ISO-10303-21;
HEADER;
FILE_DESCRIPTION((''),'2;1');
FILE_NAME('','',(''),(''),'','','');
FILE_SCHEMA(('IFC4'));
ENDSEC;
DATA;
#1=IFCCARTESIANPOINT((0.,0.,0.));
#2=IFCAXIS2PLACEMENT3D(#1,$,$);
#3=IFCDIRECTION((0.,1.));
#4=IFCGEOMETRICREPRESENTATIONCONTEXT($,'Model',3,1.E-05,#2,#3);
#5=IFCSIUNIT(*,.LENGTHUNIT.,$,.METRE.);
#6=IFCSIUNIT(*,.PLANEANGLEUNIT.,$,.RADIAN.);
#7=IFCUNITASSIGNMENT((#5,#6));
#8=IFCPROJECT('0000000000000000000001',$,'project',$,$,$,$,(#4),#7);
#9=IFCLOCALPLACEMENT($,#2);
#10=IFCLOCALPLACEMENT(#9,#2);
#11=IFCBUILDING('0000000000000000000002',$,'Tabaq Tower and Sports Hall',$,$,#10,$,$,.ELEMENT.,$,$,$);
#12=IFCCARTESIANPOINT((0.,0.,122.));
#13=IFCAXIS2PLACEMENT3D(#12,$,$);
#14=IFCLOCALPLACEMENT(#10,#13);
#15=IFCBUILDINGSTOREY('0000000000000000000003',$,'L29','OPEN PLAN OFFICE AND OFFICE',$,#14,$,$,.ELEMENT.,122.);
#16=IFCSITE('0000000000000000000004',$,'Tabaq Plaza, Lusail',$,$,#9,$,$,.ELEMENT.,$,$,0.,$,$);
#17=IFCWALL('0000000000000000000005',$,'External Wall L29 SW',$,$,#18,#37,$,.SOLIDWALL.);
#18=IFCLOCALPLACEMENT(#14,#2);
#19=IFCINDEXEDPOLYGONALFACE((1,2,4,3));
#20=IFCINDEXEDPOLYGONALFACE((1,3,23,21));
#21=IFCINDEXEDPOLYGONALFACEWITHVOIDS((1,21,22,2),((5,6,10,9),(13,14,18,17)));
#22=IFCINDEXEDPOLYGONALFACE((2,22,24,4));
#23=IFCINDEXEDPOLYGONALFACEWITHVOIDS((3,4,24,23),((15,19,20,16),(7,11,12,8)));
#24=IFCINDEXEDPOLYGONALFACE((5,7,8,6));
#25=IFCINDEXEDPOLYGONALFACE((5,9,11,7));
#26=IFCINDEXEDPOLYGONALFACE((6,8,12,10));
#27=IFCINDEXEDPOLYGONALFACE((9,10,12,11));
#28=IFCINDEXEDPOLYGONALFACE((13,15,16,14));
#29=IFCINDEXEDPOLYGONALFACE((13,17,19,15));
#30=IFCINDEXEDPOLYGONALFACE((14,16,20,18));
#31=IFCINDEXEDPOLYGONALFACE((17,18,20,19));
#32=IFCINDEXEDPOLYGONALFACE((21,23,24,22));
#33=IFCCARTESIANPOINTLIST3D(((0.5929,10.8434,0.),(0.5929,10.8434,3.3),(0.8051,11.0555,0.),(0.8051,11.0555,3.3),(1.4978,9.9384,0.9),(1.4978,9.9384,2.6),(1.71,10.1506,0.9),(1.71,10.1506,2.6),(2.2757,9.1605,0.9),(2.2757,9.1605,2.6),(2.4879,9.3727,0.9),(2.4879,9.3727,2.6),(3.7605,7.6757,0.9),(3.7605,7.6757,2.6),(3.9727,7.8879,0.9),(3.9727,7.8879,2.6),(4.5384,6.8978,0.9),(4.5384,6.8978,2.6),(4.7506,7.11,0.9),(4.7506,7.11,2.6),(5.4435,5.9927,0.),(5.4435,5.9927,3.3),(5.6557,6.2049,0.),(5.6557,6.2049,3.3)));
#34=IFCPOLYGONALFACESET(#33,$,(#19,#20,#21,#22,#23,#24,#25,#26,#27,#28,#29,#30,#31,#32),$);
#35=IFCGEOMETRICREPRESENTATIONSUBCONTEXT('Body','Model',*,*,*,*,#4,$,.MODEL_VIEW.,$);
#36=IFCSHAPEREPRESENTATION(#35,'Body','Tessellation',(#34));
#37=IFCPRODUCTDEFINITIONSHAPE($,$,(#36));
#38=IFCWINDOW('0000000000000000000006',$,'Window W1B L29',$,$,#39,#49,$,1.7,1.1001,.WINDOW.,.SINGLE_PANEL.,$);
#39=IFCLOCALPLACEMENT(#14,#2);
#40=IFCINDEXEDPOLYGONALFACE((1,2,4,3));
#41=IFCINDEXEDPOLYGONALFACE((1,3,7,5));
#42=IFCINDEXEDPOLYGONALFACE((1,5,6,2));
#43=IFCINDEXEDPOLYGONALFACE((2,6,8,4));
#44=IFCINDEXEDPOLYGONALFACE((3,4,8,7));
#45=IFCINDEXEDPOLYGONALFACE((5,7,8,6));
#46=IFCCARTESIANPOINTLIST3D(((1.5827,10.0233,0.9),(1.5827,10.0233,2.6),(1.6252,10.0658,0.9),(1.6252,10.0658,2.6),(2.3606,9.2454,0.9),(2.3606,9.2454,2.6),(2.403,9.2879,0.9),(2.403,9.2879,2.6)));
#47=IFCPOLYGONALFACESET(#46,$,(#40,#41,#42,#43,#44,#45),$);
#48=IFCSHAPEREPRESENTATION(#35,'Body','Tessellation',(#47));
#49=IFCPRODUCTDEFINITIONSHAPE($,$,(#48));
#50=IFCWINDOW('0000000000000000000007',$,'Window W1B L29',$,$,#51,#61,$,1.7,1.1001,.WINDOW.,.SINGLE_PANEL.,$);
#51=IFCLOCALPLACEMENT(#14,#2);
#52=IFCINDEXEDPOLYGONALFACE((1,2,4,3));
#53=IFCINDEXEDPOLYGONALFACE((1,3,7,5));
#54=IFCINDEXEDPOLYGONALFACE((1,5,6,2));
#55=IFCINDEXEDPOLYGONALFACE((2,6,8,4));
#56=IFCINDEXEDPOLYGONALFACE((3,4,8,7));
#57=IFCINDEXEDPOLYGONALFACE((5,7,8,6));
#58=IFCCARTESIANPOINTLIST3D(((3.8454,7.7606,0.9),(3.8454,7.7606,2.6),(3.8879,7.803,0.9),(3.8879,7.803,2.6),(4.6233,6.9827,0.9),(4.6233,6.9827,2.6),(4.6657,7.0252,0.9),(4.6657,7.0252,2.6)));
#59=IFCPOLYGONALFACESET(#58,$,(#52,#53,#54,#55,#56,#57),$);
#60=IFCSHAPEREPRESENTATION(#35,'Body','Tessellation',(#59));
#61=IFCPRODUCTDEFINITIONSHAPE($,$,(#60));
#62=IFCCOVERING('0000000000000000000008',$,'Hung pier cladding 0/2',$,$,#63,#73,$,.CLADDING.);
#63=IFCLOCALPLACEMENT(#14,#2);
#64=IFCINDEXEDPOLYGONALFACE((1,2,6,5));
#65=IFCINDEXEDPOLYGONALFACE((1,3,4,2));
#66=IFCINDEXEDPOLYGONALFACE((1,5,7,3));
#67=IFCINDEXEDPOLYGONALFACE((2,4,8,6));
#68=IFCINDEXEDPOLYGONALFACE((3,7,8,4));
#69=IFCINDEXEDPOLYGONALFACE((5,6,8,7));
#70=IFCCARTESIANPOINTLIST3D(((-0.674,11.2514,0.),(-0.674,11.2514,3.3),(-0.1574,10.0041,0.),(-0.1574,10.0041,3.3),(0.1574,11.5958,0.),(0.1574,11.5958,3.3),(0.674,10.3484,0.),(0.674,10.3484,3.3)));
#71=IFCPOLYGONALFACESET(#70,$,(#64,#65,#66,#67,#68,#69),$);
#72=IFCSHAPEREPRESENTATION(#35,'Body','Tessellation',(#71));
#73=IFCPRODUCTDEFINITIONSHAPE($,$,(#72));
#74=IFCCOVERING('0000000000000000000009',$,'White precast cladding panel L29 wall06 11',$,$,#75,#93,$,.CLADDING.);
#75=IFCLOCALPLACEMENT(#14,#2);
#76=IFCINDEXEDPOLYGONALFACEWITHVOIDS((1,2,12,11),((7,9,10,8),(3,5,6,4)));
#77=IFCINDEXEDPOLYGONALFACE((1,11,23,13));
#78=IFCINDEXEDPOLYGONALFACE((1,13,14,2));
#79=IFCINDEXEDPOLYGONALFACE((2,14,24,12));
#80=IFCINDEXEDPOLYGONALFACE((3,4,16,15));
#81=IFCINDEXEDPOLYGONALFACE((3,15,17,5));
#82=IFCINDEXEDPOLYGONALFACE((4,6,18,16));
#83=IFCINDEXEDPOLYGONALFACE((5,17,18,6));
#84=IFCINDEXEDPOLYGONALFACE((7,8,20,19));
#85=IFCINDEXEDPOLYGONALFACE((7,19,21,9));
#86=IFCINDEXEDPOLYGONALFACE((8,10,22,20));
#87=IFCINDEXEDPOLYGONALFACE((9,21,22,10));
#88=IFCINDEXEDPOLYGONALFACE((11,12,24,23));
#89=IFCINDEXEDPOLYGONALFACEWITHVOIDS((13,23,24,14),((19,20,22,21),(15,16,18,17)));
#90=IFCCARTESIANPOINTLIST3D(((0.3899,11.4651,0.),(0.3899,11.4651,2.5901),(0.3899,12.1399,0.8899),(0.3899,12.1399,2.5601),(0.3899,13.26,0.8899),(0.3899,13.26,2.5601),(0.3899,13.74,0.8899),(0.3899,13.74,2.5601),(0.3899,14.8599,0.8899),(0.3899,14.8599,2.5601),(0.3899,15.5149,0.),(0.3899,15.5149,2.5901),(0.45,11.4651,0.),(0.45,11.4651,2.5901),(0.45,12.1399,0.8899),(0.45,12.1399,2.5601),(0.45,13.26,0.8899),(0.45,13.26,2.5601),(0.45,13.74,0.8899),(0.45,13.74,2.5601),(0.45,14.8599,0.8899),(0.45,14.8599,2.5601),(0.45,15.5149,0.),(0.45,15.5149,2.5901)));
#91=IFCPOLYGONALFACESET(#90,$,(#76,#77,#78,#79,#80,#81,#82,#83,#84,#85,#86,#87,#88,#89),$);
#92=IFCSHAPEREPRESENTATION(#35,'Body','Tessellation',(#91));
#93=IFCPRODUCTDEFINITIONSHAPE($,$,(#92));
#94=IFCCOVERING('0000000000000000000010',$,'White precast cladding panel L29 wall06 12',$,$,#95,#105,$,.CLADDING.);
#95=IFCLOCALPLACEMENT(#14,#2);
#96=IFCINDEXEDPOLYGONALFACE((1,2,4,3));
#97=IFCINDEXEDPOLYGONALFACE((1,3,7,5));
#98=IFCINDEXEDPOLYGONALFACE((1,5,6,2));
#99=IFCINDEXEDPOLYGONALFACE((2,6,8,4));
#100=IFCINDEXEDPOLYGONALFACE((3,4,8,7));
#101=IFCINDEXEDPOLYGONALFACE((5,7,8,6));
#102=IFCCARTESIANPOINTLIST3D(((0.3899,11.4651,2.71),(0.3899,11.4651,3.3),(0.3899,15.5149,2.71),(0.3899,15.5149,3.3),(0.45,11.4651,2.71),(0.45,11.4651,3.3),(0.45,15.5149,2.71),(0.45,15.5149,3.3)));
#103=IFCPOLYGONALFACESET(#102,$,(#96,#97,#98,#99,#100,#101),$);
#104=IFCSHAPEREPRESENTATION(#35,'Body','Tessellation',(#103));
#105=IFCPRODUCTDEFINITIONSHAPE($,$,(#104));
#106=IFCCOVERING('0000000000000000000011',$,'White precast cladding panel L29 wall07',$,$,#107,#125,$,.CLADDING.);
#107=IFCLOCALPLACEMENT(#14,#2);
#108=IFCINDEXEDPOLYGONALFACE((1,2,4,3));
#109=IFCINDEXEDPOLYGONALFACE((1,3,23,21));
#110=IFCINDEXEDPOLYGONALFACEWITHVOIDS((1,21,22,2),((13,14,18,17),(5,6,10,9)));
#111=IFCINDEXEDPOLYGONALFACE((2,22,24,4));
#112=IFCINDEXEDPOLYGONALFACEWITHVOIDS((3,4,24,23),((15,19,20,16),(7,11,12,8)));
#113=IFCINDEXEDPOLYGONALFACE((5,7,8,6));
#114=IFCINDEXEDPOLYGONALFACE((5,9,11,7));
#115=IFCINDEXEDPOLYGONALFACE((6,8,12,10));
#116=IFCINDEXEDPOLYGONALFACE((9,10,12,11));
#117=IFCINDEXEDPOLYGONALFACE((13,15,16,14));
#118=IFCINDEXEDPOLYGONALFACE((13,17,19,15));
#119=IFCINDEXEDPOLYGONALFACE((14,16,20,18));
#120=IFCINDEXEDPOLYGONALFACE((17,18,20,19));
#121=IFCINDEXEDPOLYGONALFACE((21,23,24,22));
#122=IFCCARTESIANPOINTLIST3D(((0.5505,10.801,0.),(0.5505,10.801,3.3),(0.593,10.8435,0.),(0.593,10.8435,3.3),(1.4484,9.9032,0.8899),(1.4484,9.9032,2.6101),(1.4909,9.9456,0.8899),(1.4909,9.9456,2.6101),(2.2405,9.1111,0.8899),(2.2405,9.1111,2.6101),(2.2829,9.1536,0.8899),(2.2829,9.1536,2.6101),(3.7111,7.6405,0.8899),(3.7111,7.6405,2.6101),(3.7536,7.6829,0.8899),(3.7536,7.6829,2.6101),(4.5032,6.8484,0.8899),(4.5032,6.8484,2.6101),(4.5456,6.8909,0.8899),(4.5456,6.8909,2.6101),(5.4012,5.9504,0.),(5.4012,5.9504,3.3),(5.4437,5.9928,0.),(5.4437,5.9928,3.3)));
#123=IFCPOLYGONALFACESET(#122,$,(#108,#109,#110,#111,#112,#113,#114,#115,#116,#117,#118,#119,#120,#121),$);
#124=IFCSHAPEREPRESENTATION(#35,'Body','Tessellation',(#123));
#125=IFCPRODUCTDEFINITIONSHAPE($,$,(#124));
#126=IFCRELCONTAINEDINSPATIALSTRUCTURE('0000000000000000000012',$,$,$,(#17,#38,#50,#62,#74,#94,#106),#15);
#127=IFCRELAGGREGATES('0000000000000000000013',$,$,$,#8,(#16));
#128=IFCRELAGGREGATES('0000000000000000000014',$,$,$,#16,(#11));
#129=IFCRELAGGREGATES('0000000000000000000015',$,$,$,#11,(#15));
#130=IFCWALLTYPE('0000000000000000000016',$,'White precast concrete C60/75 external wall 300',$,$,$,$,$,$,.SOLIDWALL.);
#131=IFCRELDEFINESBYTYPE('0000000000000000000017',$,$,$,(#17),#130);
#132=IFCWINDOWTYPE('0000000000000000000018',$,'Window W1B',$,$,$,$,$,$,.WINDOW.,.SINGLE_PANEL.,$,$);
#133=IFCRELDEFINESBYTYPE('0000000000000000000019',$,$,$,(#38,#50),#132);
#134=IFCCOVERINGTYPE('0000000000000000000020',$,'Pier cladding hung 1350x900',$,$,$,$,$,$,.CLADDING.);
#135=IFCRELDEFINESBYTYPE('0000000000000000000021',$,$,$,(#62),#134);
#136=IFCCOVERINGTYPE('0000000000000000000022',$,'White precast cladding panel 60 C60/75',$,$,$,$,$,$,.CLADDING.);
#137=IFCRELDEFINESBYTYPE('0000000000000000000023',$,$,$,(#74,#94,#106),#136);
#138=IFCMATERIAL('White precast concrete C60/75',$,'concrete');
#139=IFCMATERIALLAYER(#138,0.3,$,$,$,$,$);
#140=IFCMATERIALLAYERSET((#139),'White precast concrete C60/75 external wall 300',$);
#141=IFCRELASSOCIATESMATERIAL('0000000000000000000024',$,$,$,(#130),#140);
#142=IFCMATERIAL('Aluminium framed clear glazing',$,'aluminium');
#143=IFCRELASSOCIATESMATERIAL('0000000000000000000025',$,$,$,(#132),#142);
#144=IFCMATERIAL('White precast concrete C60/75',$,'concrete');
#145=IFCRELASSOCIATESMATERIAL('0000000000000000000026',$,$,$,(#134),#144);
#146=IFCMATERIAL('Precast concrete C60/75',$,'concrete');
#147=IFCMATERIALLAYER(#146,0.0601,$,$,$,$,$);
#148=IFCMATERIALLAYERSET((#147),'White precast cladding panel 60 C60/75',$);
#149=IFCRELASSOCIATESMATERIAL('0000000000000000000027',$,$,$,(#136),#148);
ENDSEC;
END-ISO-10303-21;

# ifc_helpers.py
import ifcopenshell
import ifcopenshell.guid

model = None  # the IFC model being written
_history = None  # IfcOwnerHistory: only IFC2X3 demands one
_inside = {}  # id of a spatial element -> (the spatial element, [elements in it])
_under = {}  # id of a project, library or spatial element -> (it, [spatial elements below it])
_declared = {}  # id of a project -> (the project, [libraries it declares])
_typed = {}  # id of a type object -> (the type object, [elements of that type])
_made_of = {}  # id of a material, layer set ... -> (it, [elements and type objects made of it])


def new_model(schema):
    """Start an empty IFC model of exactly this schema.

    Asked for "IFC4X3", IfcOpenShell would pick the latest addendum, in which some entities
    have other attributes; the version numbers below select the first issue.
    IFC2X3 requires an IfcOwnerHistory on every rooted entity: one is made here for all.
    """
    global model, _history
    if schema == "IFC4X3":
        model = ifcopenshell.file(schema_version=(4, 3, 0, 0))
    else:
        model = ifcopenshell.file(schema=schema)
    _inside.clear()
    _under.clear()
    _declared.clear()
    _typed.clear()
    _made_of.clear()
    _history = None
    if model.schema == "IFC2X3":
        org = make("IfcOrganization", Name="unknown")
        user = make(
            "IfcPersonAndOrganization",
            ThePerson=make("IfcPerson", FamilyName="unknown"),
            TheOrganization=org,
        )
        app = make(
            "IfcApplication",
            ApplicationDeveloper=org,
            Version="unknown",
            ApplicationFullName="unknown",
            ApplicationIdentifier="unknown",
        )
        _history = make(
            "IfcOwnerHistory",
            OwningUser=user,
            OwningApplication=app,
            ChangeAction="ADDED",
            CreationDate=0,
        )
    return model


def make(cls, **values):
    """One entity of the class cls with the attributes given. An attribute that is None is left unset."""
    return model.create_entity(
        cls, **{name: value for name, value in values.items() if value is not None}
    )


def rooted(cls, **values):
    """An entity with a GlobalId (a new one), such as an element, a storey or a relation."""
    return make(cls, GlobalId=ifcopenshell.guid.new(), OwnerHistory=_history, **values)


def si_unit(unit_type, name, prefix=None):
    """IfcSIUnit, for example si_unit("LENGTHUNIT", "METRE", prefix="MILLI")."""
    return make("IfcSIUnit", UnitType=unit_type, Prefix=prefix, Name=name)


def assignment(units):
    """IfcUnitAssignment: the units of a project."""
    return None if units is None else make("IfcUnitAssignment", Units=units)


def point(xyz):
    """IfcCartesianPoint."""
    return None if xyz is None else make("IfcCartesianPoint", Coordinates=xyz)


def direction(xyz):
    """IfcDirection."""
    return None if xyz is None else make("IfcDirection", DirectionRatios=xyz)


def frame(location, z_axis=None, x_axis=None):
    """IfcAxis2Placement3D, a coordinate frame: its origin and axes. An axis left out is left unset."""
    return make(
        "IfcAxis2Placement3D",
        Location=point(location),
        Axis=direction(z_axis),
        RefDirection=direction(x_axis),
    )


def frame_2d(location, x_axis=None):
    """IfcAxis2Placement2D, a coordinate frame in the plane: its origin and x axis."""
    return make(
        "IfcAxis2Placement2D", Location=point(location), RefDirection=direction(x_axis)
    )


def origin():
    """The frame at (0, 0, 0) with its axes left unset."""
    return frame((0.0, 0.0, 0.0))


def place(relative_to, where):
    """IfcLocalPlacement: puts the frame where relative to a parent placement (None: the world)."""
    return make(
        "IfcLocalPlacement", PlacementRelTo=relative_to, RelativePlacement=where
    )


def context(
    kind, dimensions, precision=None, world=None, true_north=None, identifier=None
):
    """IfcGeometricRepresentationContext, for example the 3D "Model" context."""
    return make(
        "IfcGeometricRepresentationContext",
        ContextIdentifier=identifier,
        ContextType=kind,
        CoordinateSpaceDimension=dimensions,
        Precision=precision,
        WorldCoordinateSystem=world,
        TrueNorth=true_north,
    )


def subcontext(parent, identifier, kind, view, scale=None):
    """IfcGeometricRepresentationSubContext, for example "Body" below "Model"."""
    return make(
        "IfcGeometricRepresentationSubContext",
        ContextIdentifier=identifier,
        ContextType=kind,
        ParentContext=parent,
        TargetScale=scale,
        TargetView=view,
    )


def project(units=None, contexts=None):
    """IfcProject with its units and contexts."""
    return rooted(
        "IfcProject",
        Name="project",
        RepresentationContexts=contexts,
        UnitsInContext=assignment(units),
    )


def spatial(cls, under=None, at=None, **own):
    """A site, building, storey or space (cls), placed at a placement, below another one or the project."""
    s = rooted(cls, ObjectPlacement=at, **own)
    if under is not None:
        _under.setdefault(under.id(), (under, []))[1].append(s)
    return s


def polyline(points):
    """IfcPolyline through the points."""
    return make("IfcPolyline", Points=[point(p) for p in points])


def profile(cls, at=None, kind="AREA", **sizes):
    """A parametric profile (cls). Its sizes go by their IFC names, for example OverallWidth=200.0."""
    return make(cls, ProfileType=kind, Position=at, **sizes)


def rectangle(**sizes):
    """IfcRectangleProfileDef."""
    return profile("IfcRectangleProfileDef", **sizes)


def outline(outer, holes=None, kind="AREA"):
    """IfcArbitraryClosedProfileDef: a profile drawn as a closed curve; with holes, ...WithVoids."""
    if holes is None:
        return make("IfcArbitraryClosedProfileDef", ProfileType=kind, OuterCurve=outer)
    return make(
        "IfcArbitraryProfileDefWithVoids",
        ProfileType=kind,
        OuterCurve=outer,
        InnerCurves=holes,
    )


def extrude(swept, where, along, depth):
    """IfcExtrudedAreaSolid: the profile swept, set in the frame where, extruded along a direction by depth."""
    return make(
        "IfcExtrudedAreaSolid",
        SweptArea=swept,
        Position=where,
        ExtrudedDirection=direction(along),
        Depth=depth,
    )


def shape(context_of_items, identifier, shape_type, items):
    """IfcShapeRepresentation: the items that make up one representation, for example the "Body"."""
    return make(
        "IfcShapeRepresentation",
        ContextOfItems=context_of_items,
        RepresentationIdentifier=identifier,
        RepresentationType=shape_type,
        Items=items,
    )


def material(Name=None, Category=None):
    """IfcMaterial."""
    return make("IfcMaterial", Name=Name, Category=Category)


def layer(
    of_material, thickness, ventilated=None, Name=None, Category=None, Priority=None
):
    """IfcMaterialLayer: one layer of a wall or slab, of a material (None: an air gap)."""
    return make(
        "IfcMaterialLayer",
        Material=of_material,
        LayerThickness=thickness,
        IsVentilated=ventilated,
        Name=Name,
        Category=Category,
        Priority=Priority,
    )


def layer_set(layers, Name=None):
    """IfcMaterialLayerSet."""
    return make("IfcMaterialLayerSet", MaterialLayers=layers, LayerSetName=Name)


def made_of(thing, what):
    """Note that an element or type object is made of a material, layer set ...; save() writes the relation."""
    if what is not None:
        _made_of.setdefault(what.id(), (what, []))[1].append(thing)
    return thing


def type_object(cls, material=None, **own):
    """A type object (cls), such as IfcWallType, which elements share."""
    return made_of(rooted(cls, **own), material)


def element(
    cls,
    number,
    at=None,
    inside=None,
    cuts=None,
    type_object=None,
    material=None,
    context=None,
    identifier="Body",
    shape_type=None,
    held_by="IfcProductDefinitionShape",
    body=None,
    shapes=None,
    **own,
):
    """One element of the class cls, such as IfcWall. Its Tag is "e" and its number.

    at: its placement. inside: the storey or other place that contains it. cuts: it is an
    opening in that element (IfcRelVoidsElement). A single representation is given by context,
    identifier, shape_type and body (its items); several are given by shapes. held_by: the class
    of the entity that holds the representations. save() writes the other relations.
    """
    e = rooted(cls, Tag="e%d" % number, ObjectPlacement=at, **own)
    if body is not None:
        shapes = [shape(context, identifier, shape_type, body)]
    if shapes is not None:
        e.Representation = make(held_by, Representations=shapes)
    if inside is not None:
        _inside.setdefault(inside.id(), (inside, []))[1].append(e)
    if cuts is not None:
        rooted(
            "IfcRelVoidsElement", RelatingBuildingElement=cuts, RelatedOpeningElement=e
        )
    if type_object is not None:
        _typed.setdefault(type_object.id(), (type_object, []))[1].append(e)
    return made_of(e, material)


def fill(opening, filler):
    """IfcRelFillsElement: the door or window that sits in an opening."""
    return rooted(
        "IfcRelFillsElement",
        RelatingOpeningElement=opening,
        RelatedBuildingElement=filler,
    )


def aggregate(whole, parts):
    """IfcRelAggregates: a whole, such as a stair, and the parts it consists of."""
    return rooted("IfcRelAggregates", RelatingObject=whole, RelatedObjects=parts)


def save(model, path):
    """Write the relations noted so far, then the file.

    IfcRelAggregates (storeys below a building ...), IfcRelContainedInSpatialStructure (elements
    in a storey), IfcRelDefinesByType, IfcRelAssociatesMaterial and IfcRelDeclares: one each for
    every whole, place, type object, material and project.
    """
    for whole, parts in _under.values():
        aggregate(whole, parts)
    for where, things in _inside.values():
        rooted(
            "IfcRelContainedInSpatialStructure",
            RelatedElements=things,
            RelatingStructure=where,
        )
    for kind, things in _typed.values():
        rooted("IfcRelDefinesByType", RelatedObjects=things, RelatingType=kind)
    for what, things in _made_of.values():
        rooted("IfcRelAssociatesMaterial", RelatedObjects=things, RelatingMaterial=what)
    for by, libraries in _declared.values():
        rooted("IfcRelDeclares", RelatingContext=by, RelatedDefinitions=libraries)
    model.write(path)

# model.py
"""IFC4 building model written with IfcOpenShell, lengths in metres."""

from ifc_helpers import new_model, si_unit, direction, frame, frame_2d, origin, place, context, subcontext, project, spatial, polyline, rectangle, outline, extrude, material, layer, layer_set, type_object, element, fill, save


model = new_model("IFC4")

# Units and contexts
model_context = context("Model", 3, precision=1e-05, world=origin(), true_north=direction((0.0, 1.0)))
body_context = subcontext(model_context, "Body", "Model", "MODEL_VIEW")
ifc_project = project(units=[si_unit("LENGTHUNIT", "METRE"), si_unit("PLANEANGLEUNIT", "RADIAN")], contexts=[model_context])

# Site, building, storey
site_placement = place(None, origin())
site = spatial("IfcSite", under=ifc_project, at=site_placement, Name="Tabaq Plaza, Lusail", CompositionType="ELEMENT", RefElevation=0.0)
building_placement = place(site_placement, origin())
building = spatial("IfcBuilding", under=site, at=building_placement, Name="Tabaq Tower and Sports Hall", CompositionType="ELEMENT")
storey_placement = place(building_placement, frame((0.0, 0.0, 122.0)))
storey = spatial("IfcBuildingStorey", under=building, at=storey_placement, Name="L29", Description="OPEN PLAN OFFICE AND OFFICE", CompositionType="ELEMENT", Elevation=122.0)

# Wall, openings, windows
ifc_material_1 = material(Name="White precast concrete C60/75", Category="concrete")
ifc_layer_1 = layer(ifc_material_1, 0.3)
ifc_layer_set_1 = layer_set([ifc_layer_1], Name="White precast concrete C60/75 external wall 300")
wall_type_1 = type_object("IfcWallType", Name="White precast concrete C60/75 external wall 300", PredefinedType="SOLIDWALL", material=ifc_layer_set_1)
wall_1_placement = place(storey_placement, frame((0.699, 10.9495, 0.0), z_axis=(0.0, 0.0, 1.0), x_axis=(0.707107, -0.707107, 0.0)))
wall_1 = element("IfcWall", 1, at=wall_1_placement, inside=storey, type_object=wall_type_1, Name="External Wall L29 SW", PredefinedType="SOLIDWALL", context=body_context, shape_type="SweptSolid", body=[
    extrude(rectangle(XDim=6.8599, YDim=0.3, at=frame_2d((3.4299, 0.0))), origin(), (0.0, 0.0, 1.0), 3.3),
])
opening_1_placement = place(wall_1_placement, frame((1.2798, 0.0, 0.8999)))
opening_1 = element("IfcOpeningElement", 2, at=opening_1_placement, cuts=wall_1, PredefinedType="OPENING", context=body_context, shape_type="SweptSolid", body=[
    extrude(rectangle(XDim=1.1001, YDim=1.7, at=frame_2d((0.55, 0.8501))), frame((0.0, 0.1602, 0.0), z_axis=(0.0, -1.0, 0.0), x_axis=(1.0, 0.0, 0.0)), (0.0, 0.0, 1.0), 0.3201),
])
opening_2_placement = place(wall_1_placement, frame((4.4797, 0.0, 0.8999)))
opening_2 = element("IfcOpeningElement", 3, at=opening_2_placement, cuts=wall_1, PredefinedType="OPENING", context=body_context, shape_type="SweptSolid", body=[
    extrude(rectangle(XDim=1.1001, YDim=1.7, at=frame_2d((0.55, 0.8501))), frame((0.0, 0.1602, 0.0), z_axis=(0.0, -1.0, 0.0), x_axis=(1.0, 0.0, 0.0)), (0.0, 0.0, 1.0), 0.3201),
])
ifc_material_2 = material(Name="Aluminium framed clear glazing", Category="aluminium")
window_type = type_object("IfcWindowType", Name="Window W1B", PartitioningType="SINGLE_PANEL", PredefinedType="WINDOW", material=ifc_material_2)
window_1_placement = place(opening_1_placement, origin())
window_1 = element("IfcWindow", 4, at=window_1_placement, inside=storey, type_object=window_type, Name="Window W1B L29", OverallHeight=1.7, OverallWidth=1.1001, PartitioningType="SINGLE_PANEL", PredefinedType="WINDOW", context=body_context, shape_type="SweptSolid", body=[
    extrude(rectangle(XDim=1.1001, YDim=1.7, at=frame_2d((0.55, 0.8501))), frame((0.0, 0.03, 0.0), z_axis=(0.0, -1.0, 0.0), x_axis=(1.0, 0.0, 0.0)), (0.0, 0.0, 1.0), 0.0601),
])
fill(opening_1, window_1)
window_2_placement = place(opening_2_placement, origin())
window_2 = element("IfcWindow", 5, at=window_2_placement, inside=storey, type_object=window_type, Name="Window W1B L29", OverallHeight=1.7, OverallWidth=1.1001, PartitioningType="SINGLE_PANEL", PredefinedType="WINDOW", context=body_context, shape_type="SweptSolid", body=[
    extrude(rectangle(XDim=1.1001, YDim=1.7, at=frame_2d((0.55, 0.8501))), frame((0.0, 0.03, 0.0), z_axis=(0.0, -1.0, 0.0), x_axis=(1.0, 0.0, 0.0)), (0.0, 0.0, 1.0), 0.0601),
])
fill(opening_2, window_2)

# Coverings
ifc_material_3 = material(Name="White precast concrete C60/75", Category="concrete")
covering_type_1 = type_object("IfcCoveringType", Name="Pier cladding hung 1350x900", PredefinedType="CLADDING", material=ifc_material_3)
covering_1_placement = place(storey_placement, frame((-0.2583, 11.4236, 0.0), z_axis=(0.0, 0.0, 1.0), x_axis=(0.38265, -0.923893, 0.0)))
element("IfcCovering", 6, at=covering_1_placement, inside=storey, type_object=covering_type_1, Name="Hung pier cladding 0/2", PredefinedType="CLADDING", context=body_context, shape_type="SweptSolid", body=[
    extrude(rectangle(XDim=1.3501, YDim=0.8999, at=frame_2d((0.675, 0.0))), origin(), (0.0, 0.0, 1.0), 3.3),
])
ifc_material_4 = material(Name="Precast concrete C60/75", Category="concrete")
ifc_layer_2 = layer(ifc_material_4, 0.0601)
ifc_layer_set_2 = layer_set([ifc_layer_2], Name="White precast cladding panel 60 C60/75")
covering_type_2 = type_object("IfcCoveringType", Name="White precast cladding panel 60 C60/75", PredefinedType="CLADDING", material=ifc_layer_set_2)
covering_2_placement = place(storey_placement, frame((0.4199, 15.5149, 0.0), z_axis=(0.0, 0.0, 1.0), x_axis=(0.0, -1.0, 0.0)))
element("IfcCovering", 7, at=covering_2_placement, inside=storey, type_object=covering_type_2, Name="White precast cladding panel L29 wall06 11", PredefinedType="CLADDING", context=body_context, shape_type="SweptSolid", body=[
    extrude(outline(polyline([(0.0, 0.0), (4.0498, 0.0), (4.0498, 2.5901), (0.0, 2.5901), (0.0, 0.0)]), holes=[polyline([(0.655, 0.8899), (0.655, 2.5601), (1.7749, 2.5601), (1.7749, 0.8899), (0.655, 0.8899)]), polyline([(2.2549, 0.8899), (2.2549, 2.5601), (3.375, 2.5601), (3.375, 0.8899), (2.2549, 0.8899)])]), frame((0.0, 0.03, 0.0), z_axis=(0.0, -1.0, 0.0), x_axis=(1.0, 0.0, 0.0)), (0.0, 0.0, 1.0), 0.0601),
])
covering_3_placement = place(storey_placement, frame((0.4199, 15.5149, 2.71), z_axis=(0.0, 0.0, 1.0), x_axis=(0.0, -1.0, 0.0)))
element("IfcCovering", 8, at=covering_3_placement, inside=storey, type_object=covering_type_2, Name="White precast cladding panel L29 wall06 12", PredefinedType="CLADDING", context=body_context, shape_type="SweptSolid", body=[
    extrude(rectangle(XDim=4.0498, YDim=0.0601, at=frame_2d((2.0249, 0.0))), origin(), (0.0, 0.0, 1.0), 0.5901),
])
covering_4_placement = place(storey_placement, frame((0.5718, 10.8223, 0.0), z_axis=(0.0, 0.0, 1.0), x_axis=(0.707107, -0.707107, 0.0)))
element("IfcCovering", 9, at=covering_4_placement, inside=storey, type_object=covering_type_2, Name="White precast cladding panel L29 wall07", PredefinedType="CLADDING", context=body_context, shape_type="SweptSolid", body=[
    extrude(outline(polyline([(0.0, 0.0), (6.8599, 0.0), (6.8599, 3.3), (0.0, 3.3), (0.0, 0.0)]), holes=[polyline([(1.2698, 2.6101), (2.3899, 2.6101), (2.3899, 0.8899), (1.2698, 0.8899), (1.2698, 2.6101)]), polyline([(4.4697, 2.6101), (5.5898, 2.6101), (5.5898, 0.8899), (4.4697, 0.8899), (4.4697, 2.6101)])]), frame((0.0, 0.03, 0.0), z_axis=(0.0, -1.0, 0.0), x_axis=(1.0, 0.0, 0.0)), (0.0, 0.0, 1.0), 0.0601),
])

save(model, "model.ifc")
